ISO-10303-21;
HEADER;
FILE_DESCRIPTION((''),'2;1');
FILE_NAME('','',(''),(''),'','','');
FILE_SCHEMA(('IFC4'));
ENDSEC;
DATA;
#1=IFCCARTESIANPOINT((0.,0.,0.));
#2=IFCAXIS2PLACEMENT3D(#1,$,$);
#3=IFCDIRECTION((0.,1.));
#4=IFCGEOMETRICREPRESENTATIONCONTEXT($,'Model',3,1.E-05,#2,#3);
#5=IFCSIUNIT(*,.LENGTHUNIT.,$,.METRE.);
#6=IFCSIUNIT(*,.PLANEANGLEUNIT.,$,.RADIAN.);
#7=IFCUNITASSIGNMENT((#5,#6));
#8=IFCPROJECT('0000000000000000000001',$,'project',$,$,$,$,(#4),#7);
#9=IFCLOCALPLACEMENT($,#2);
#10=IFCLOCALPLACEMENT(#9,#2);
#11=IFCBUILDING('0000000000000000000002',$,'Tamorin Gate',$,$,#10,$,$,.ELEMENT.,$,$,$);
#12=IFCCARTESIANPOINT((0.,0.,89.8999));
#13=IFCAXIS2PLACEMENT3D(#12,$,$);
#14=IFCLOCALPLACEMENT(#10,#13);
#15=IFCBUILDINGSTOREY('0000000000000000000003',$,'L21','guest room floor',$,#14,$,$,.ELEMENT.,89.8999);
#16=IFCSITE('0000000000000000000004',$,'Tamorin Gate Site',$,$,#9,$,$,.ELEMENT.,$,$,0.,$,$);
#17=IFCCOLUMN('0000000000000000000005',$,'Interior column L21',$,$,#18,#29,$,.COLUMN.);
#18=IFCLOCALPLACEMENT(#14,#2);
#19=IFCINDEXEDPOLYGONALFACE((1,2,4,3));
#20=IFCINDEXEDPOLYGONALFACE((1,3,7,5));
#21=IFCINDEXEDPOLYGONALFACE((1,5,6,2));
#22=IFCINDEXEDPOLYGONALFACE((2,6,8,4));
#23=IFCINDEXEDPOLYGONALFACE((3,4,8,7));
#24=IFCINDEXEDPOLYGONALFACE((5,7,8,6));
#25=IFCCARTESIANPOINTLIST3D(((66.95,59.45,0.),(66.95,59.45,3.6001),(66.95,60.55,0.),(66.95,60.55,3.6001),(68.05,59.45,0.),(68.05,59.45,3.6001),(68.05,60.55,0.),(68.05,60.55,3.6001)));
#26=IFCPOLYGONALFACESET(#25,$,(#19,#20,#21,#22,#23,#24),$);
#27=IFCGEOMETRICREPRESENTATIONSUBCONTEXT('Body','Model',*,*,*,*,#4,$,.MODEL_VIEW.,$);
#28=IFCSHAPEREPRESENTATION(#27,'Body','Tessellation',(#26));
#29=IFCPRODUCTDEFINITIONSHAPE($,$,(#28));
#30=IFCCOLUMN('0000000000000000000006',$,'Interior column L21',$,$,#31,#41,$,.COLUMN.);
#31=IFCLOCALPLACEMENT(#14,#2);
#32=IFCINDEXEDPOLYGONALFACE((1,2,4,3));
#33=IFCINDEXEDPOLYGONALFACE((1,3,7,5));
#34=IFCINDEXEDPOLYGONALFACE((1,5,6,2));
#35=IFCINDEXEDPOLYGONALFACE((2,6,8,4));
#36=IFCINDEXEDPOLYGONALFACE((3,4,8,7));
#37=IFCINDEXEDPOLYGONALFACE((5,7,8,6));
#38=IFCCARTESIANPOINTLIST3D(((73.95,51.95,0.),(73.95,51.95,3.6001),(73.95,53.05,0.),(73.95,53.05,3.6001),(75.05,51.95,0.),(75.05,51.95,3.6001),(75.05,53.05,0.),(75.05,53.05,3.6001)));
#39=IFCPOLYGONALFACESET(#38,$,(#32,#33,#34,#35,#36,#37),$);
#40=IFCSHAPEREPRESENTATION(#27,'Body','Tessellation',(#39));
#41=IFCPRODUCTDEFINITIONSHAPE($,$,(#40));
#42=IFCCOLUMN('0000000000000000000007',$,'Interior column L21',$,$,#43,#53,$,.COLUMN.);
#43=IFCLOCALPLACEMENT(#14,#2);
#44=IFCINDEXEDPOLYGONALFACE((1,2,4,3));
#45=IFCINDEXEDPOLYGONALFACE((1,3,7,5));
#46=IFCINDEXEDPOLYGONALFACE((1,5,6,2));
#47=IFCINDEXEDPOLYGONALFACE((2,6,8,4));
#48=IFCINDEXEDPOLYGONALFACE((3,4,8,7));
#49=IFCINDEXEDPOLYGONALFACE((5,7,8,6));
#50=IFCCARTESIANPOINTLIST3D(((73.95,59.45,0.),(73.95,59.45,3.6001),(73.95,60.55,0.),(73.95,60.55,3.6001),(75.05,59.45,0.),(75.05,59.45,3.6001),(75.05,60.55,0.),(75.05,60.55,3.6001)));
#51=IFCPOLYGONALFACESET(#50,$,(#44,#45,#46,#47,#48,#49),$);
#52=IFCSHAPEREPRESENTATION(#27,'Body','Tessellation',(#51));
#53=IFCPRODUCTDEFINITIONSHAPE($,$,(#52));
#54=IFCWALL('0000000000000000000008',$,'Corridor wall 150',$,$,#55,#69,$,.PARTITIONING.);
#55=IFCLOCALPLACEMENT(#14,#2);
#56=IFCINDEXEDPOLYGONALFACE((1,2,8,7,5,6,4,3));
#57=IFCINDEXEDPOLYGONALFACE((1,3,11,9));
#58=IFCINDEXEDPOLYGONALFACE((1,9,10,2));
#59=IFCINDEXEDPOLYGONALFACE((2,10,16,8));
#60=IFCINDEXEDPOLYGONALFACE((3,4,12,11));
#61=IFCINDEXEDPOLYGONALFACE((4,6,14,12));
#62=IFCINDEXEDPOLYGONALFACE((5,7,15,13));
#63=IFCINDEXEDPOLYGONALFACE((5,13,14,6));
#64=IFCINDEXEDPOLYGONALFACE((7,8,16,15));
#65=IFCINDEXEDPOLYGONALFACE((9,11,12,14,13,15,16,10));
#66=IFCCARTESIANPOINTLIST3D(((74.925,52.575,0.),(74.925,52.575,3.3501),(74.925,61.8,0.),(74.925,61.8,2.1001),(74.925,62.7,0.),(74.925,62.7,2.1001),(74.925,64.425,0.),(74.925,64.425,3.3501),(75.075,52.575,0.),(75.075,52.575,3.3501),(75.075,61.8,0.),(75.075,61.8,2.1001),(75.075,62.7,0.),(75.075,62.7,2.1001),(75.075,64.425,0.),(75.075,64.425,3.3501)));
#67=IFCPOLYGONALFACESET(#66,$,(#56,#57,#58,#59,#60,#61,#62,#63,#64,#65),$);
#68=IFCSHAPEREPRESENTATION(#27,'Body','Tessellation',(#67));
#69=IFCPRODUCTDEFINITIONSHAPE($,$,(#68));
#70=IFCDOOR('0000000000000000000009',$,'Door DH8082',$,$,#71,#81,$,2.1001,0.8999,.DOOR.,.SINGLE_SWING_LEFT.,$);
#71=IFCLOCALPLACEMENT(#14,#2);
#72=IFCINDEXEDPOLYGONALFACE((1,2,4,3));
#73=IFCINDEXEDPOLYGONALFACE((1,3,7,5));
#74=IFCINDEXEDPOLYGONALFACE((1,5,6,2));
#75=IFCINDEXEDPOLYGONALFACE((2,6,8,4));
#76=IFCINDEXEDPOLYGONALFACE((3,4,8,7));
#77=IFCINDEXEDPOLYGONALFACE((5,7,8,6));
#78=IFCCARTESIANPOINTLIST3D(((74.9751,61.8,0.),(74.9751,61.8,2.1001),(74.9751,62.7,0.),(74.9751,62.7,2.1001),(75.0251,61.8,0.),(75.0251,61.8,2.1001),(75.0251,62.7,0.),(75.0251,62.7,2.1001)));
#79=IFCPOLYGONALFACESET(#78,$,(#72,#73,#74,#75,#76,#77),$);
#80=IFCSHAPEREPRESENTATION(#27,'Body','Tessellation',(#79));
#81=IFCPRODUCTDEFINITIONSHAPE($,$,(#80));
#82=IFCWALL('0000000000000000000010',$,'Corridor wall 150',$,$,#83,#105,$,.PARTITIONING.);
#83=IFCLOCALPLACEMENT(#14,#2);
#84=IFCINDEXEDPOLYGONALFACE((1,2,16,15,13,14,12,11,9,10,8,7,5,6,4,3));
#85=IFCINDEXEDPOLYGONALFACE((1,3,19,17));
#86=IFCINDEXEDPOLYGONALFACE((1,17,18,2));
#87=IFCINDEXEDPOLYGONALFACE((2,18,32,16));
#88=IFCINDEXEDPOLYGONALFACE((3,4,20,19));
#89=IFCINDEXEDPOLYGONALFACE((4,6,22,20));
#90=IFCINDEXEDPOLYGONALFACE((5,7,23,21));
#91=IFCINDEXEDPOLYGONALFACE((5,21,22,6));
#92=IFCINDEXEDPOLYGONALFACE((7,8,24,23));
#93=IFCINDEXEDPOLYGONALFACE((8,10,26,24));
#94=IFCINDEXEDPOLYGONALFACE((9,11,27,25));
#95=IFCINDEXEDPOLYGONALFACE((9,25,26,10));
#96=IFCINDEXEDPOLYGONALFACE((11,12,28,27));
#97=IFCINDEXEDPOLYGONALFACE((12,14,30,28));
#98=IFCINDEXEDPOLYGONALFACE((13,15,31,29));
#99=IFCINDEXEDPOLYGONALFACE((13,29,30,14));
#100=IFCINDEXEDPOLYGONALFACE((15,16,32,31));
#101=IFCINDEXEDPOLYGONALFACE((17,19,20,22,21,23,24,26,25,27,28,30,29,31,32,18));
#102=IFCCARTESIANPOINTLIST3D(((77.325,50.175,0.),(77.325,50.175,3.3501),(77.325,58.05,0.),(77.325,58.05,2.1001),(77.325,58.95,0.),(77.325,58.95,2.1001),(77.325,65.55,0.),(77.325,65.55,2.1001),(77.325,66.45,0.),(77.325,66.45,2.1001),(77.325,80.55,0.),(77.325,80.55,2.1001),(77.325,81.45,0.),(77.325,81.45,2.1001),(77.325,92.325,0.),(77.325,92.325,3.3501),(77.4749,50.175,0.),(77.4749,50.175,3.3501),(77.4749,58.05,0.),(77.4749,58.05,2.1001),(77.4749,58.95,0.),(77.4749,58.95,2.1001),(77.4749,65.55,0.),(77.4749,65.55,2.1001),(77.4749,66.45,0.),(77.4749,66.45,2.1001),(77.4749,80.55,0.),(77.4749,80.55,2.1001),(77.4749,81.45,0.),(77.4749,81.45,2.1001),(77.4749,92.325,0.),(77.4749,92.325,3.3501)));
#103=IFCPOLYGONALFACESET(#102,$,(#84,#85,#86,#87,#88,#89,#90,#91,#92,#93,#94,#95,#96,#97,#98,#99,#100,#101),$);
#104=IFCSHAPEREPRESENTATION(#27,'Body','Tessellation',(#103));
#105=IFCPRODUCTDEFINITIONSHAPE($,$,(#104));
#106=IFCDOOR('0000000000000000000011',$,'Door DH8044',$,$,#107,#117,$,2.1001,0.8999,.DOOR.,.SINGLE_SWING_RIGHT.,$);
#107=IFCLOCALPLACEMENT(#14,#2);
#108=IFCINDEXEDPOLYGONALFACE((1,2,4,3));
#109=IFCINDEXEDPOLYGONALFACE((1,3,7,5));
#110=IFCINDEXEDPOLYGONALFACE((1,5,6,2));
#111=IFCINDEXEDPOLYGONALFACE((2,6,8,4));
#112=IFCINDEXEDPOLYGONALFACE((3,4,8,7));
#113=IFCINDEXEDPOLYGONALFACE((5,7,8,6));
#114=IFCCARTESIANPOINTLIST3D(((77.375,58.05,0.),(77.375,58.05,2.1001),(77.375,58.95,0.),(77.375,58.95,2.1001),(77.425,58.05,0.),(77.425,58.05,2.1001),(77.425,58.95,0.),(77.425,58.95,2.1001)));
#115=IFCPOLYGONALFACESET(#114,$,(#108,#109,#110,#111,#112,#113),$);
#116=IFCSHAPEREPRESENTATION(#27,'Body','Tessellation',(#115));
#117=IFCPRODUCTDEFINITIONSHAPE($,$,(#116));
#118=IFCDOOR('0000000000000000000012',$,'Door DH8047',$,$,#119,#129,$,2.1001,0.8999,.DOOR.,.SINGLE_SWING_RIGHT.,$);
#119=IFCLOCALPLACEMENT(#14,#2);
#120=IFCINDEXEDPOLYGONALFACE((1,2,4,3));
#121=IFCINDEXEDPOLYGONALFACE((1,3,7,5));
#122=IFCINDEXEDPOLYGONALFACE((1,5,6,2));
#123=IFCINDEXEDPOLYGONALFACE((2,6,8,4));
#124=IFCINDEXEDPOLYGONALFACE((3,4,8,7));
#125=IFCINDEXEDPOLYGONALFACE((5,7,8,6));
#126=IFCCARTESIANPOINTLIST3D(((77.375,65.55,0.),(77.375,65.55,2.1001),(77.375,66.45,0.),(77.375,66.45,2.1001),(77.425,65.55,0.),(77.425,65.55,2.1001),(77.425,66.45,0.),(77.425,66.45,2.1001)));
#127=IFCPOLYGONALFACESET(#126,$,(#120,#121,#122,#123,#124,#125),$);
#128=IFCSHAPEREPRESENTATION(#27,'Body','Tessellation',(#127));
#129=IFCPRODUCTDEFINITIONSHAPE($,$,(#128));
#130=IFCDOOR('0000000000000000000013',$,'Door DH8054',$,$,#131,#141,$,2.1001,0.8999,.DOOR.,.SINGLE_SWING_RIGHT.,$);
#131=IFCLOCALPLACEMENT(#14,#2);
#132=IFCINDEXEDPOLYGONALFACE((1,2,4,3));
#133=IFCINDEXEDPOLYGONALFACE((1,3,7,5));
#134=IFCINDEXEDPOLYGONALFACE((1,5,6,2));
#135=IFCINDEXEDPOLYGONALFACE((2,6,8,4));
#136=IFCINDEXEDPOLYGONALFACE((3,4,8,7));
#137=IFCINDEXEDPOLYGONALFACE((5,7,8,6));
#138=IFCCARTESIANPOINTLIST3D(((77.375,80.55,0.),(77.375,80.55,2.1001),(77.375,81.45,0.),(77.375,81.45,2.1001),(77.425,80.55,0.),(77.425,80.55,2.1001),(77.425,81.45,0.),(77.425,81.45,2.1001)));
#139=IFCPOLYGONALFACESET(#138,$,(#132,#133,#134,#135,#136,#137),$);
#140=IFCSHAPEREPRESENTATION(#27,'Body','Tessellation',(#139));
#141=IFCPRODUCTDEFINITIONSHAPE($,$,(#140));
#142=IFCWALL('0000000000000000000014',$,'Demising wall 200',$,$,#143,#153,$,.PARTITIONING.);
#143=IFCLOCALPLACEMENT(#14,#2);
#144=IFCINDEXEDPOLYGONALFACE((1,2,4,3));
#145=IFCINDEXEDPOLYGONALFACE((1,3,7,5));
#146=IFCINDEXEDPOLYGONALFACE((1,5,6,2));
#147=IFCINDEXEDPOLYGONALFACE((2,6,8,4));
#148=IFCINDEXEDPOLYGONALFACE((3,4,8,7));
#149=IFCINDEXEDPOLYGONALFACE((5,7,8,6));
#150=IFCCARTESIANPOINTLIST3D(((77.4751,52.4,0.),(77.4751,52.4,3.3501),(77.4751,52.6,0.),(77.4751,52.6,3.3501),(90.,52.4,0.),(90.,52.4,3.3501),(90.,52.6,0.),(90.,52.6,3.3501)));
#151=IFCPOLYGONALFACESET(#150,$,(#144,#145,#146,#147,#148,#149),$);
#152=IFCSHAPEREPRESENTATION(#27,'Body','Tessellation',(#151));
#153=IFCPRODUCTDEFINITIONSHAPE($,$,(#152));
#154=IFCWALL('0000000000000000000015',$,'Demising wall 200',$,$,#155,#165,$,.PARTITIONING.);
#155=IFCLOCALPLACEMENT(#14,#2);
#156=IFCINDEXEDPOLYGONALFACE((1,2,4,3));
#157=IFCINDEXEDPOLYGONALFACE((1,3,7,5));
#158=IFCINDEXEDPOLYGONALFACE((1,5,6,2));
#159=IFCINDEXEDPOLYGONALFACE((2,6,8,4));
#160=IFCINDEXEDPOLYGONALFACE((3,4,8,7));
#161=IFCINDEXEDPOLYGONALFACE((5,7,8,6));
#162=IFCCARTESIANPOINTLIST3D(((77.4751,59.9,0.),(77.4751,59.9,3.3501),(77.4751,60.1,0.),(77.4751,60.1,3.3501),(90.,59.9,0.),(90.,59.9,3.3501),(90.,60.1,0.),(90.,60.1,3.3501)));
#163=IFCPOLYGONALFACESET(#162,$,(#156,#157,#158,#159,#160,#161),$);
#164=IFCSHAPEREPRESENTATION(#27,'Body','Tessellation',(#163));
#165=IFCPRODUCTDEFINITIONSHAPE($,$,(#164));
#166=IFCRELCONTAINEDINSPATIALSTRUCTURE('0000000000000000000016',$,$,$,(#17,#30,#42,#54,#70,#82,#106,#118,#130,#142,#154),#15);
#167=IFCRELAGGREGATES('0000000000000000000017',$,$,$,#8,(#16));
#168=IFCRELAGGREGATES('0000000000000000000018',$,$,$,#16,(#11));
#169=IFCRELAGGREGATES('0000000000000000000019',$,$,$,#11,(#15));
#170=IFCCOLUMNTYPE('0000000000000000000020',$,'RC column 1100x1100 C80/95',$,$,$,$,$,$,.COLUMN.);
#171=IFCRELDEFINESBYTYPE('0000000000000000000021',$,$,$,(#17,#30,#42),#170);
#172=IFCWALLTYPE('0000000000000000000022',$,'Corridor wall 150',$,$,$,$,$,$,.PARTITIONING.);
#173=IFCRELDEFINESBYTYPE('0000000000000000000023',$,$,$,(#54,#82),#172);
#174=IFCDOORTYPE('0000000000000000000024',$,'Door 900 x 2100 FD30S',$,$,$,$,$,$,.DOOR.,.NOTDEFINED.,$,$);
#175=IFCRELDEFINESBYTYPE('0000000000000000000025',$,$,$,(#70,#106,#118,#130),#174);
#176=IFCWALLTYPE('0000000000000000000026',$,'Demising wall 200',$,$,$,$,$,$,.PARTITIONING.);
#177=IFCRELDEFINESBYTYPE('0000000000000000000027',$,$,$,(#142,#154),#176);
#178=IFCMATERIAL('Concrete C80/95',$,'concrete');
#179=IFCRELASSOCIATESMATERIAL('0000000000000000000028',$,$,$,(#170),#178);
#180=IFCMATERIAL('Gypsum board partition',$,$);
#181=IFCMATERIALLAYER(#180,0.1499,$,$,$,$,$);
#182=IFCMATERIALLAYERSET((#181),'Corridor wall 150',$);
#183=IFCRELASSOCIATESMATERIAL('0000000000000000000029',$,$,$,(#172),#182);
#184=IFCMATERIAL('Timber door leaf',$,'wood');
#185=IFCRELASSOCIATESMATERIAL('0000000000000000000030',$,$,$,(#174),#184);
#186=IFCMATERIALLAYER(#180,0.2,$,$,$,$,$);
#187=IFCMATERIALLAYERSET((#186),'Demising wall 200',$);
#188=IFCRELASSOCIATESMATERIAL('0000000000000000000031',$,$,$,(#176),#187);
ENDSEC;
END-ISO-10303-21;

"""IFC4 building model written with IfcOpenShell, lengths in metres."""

from ifc_helpers import new_model, si_unit, direction, frame, frame_2d, origin, origin_2d, place, context, subcontext, project, spatial, rectangle, extrude, material, layer, layer_set, material_profile, profile_set, type_object, element, fill, save


model = new_model("IFC4")

# Units and contexts
model_context = context("Model", 3, precision=1e-05, world=origin(), true_north=direction((0.0, 1.0)))
body_context = subcontext(model_context, "Body", "Model", "MODEL_VIEW")
ifc_project = project(units=[si_unit("LENGTHUNIT", "METRE"), si_unit("PLANEANGLEUNIT", "RADIAN")], contexts=[model_context])

# Site, building, storey
site_placement = place(None, origin())
site = spatial("IfcSite", under=ifc_project, at=site_placement, Name="Tamorin Gate Site", CompositionType="ELEMENT", RefElevation=0.0)
building_placement = place(site_placement, origin())
building = spatial("IfcBuilding", under=site, at=building_placement, Name="Tamorin Gate", CompositionType="ELEMENT")
storey_placement = place(building_placement, frame((0.0, 0.0, 89.8999)))
storey = spatial("IfcBuildingStorey", under=building, at=storey_placement, Name="L21", Description="guest room floor", CompositionType="ELEMENT", Elevation=89.8999)

# Columns
ifc_material_1 = material(Name="Concrete C80/95", Category="concrete")
ifc_material_profile = material_profile(ifc_material_1, rectangle(XDim=1.1001, YDim=1.1001, at=origin_2d()), Name="RC 1100x1100")
ifc_profile_set = profile_set([ifc_material_profile], Name="Concrete C80/95")
column_type = type_object("IfcColumnType", Name="RC column 1100x1100 C80/95", PredefinedType="COLUMN", material=ifc_profile_set)
for number, where, z_axis, x_axis, name in (
    (1, (67.5, 60.0, 0.0), (0.0, 0.0, 1.0), (1.0, 0.0, 0.0), "Interior column L21"),
    (2, (74.5, 52.5, 0.0), (0.0, 0.0, 1.0), (1.0, 0.0, 0.0), "Interior column L21"),
    (3, (74.5, 60.0, 0.0), (0.0, 0.0, 1.0), (1.0, 0.0, 0.0), "Interior column L21"),
):
    element("IfcColumn", number, at=place(storey_placement, frame(where, z_axis=z_axis, x_axis=x_axis)), inside=storey, type_object=column_type, Name=name, PredefinedType="COLUMN", context=body_context, shape_type="SweptSolid", body=[
        extrude(rectangle(XDim=1.1001, YDim=1.1001, at=origin_2d()), origin(), (0.0, 0.0, 1.0), 3.6001),
    ])

# Wall, opening, door
ifc_material_2 = material(Name="Gypsum board partition")
ifc_layer_1 = layer(ifc_material_2, 0.1499)
ifc_layer_set_1 = layer_set([ifc_layer_1], Name="Corridor wall 150")
wall_type_1 = type_object("IfcWallType", Name="Corridor wall 150", PredefinedType="PARTITIONING", material=ifc_layer_set_1)
wall_1_placement = place(storey_placement, frame((75.0, 52.575, 0.0), z_axis=(0.0, 0.0, 1.0), x_axis=(0.0, 1.0, 0.0)))
wall_1 = element("IfcWall", 4, at=wall_1_placement, inside=storey, type_object=wall_type_1, Name="Corridor wall 150", PredefinedType="PARTITIONING", context=body_context, shape_type="SweptSolid", body=[
    extrude(rectangle(XDim=11.8501, YDim=0.1499, at=frame_2d((5.925, 0.0))), origin(), (0.0, 0.0, 1.0), 3.3501),
])
opening_1_placement = place(wall_1_placement, frame((9.2251, 0.0, 0.0)))
opening_1 = element("IfcOpeningElement", 5, at=opening_1_placement, cuts=wall_1, PredefinedType="OPENING", context=body_context, shape_type="SweptSolid", body=[
    extrude(rectangle(XDim=0.8999, YDim=2.1001, at=frame_2d((0.45, 1.05))), frame((0.0, 0.085, 0.0), z_axis=(0.0, -1.0, 0.0), x_axis=(1.0, 0.0, 0.0)), (0.0, 0.0, 1.0), 0.1699),
])
ifc_material_3 = material(Name="Timber door leaf", Category="wood")
door_type_1 = type_object("IfcDoorType", Name="Door 900 x 2100 FD30S", OperationType="NOTDEFINED", PredefinedType="DOOR", material=ifc_material_3)
door_1_placement = place(opening_1_placement, origin())
door_1 = element("IfcDoor", 6, at=door_1_placement, inside=storey, type_object=door_type_1, Name="Door DH8082", OperationType="SINGLE_SWING_LEFT", OverallHeight=2.1001, OverallWidth=0.8999, PredefinedType="DOOR", context=body_context, shape_type="SweptSolid", body=[
    extrude(rectangle(XDim=0.8999, YDim=2.1001, at=frame_2d((0.45, 1.05))), frame((0.0, 0.0249, 0.0), z_axis=(0.0, -1.0, 0.0), x_axis=(1.0, 0.0, 0.0)), (0.0, 0.0, 1.0), 0.05),
])
fill(opening_1, door_1)

# Wall, openings, doors
wall_2_placement = place(storey_placement, frame((77.3999, 50.175, 0.0), z_axis=(0.0, 0.0, 1.0), x_axis=(0.0, 1.0, 0.0)))
wall_2 = element("IfcWall", 7, at=wall_2_placement, inside=storey, type_object=wall_type_1, Name="Corridor wall 150", PredefinedType="PARTITIONING", context=body_context, shape_type="SweptSolid", body=[
    extrude(rectangle(XDim=42.1499, YDim=0.1499, at=frame_2d((21.075, 0.0))), origin(), (0.0, 0.0, 1.0), 3.3501),
])
opening_2_placement = place(wall_2_placement, frame((7.875, 0.0, 0.0)))
opening_2 = element("IfcOpeningElement", 8, at=opening_2_placement, cuts=wall_2, PredefinedType="OPENING", context=body_context, shape_type="SweptSolid", body=[
    extrude(rectangle(XDim=0.8999, YDim=2.1001, at=frame_2d((0.45, 1.05))), frame((0.0, 0.085, 0.0), z_axis=(0.0, -1.0, 0.0), x_axis=(1.0, 0.0, 0.0)), (0.0, 0.0, 1.0), 0.1699),
])
opening_3_placement = place(wall_2_placement, frame((15.375, 0.0, 0.0)))
opening_3 = element("IfcOpeningElement", 9, at=opening_3_placement, cuts=wall_2, PredefinedType="OPENING", context=body_context, shape_type="SweptSolid", body=[
    extrude(rectangle(XDim=0.8999, YDim=2.1001, at=frame_2d((0.45, 1.05))), frame((0.0, 0.085, 0.0), z_axis=(0.0, -1.0, 0.0), x_axis=(1.0, 0.0, 0.0)), (0.0, 0.0, 1.0), 0.1699),
])
opening_4_placement = place(wall_2_placement, frame((30.375, 0.0, 0.0)))
opening_4 = element("IfcOpeningElement", 10, at=opening_4_placement, cuts=wall_2, PredefinedType="OPENING", context=body_context, shape_type="SweptSolid", body=[
    extrude(rectangle(XDim=0.8999, YDim=2.1001, at=frame_2d((0.45, 1.05))), frame((0.0, 0.085, 0.0), z_axis=(0.0, -1.0, 0.0), x_axis=(1.0, 0.0, 0.0)), (0.0, 0.0, 1.0), 0.1699),
])
door_2_placement = place(opening_2_placement, origin())
door_2 = element("IfcDoor", 11, at=door_2_placement, inside=storey, type_object=door_type_1, Name="Door DH8044", OperationType="SINGLE_SWING_RIGHT", OverallHeight=2.1001, OverallWidth=0.8999, PredefinedType="DOOR", context=body_context, shape_type="SweptSolid", body=[
    extrude(rectangle(XDim=0.8999, YDim=2.1001, at=frame_2d((0.45, 1.05))), frame((0.0, 0.0249, 0.0), z_axis=(0.0, -1.0, 0.0), x_axis=(1.0, 0.0, 0.0)), (0.0, 0.0, 1.0), 0.05),
])
fill(opening_2, door_2)
door_3_placement = place(opening_3_placement, origin())
door_3 = element("IfcDoor", 12, at=door_3_placement, inside=storey, type_object=door_type_1, Name="Door DH8047", OperationType="SINGLE_SWING_RIGHT", OverallHeight=2.1001, OverallWidth=0.8999, PredefinedType="DOOR", context=body_context, shape_type="SweptSolid", body=[
    extrude(rectangle(XDim=0.8999, YDim=2.1001, at=frame_2d((0.45, 1.05))), frame((0.0, 0.0249, 0.0), z_axis=(0.0, -1.0, 0.0), x_axis=(1.0, 0.0, 0.0)), (0.0, 0.0, 1.0), 0.05),
])
fill(opening_3, door_3)
door_4_placement = place(opening_4_placement, origin())
door_4 = element("IfcDoor", 13, at=door_4_placement, inside=storey, type_object=door_type_1, Name="Door DH8054", OperationType="SINGLE_SWING_RIGHT", OverallHeight=2.1001, OverallWidth=0.8999, PredefinedType="DOOR", context=body_context, shape_type="SweptSolid", body=[
    extrude(rectangle(XDim=0.8999, YDim=2.1001, at=frame_2d((0.45, 1.05))), frame((0.0, 0.0249, 0.0), z_axis=(0.0, -1.0, 0.0), x_axis=(1.0, 0.0, 0.0)), (0.0, 0.0, 1.0), 0.05),
])
fill(opening_4, door_4)

# Walls
ifc_layer_2 = layer(ifc_material_2, 0.2)
ifc_layer_set_2 = layer_set([ifc_layer_2], Name="Demising wall 200")
wall_type_2 = type_object("IfcWallType", Name="Demising wall 200", PredefinedType="PARTITIONING", material=ifc_layer_set_2)
for number, where, z_axis, x_axis, name in (
    (14, (77.4751, 52.5, 0.0), (0.0, 0.0, 1.0), (1.0, 0.0, 0.0), "Demising wall 200"),
    (15, (77.4751, 60.0, 0.0), (0.0, 0.0, 1.0), (1.0, 0.0, 0.0), "Demising wall 200"),
):
    element("IfcWall", number, at=place(storey_placement, frame(where, z_axis=z_axis, x_axis=x_axis)), inside=storey, type_object=wall_type_2, Name=name, PredefinedType="PARTITIONING", context=body_context, shape_type="SweptSolid", body=[
        extrude(rectangle(XDim=12.5249, YDim=0.2, at=frame_2d((6.2625, 0.0))), origin(), (0.0, 0.0, 1.0), 3.3501),
    ])

save(model, "model.ifc")
